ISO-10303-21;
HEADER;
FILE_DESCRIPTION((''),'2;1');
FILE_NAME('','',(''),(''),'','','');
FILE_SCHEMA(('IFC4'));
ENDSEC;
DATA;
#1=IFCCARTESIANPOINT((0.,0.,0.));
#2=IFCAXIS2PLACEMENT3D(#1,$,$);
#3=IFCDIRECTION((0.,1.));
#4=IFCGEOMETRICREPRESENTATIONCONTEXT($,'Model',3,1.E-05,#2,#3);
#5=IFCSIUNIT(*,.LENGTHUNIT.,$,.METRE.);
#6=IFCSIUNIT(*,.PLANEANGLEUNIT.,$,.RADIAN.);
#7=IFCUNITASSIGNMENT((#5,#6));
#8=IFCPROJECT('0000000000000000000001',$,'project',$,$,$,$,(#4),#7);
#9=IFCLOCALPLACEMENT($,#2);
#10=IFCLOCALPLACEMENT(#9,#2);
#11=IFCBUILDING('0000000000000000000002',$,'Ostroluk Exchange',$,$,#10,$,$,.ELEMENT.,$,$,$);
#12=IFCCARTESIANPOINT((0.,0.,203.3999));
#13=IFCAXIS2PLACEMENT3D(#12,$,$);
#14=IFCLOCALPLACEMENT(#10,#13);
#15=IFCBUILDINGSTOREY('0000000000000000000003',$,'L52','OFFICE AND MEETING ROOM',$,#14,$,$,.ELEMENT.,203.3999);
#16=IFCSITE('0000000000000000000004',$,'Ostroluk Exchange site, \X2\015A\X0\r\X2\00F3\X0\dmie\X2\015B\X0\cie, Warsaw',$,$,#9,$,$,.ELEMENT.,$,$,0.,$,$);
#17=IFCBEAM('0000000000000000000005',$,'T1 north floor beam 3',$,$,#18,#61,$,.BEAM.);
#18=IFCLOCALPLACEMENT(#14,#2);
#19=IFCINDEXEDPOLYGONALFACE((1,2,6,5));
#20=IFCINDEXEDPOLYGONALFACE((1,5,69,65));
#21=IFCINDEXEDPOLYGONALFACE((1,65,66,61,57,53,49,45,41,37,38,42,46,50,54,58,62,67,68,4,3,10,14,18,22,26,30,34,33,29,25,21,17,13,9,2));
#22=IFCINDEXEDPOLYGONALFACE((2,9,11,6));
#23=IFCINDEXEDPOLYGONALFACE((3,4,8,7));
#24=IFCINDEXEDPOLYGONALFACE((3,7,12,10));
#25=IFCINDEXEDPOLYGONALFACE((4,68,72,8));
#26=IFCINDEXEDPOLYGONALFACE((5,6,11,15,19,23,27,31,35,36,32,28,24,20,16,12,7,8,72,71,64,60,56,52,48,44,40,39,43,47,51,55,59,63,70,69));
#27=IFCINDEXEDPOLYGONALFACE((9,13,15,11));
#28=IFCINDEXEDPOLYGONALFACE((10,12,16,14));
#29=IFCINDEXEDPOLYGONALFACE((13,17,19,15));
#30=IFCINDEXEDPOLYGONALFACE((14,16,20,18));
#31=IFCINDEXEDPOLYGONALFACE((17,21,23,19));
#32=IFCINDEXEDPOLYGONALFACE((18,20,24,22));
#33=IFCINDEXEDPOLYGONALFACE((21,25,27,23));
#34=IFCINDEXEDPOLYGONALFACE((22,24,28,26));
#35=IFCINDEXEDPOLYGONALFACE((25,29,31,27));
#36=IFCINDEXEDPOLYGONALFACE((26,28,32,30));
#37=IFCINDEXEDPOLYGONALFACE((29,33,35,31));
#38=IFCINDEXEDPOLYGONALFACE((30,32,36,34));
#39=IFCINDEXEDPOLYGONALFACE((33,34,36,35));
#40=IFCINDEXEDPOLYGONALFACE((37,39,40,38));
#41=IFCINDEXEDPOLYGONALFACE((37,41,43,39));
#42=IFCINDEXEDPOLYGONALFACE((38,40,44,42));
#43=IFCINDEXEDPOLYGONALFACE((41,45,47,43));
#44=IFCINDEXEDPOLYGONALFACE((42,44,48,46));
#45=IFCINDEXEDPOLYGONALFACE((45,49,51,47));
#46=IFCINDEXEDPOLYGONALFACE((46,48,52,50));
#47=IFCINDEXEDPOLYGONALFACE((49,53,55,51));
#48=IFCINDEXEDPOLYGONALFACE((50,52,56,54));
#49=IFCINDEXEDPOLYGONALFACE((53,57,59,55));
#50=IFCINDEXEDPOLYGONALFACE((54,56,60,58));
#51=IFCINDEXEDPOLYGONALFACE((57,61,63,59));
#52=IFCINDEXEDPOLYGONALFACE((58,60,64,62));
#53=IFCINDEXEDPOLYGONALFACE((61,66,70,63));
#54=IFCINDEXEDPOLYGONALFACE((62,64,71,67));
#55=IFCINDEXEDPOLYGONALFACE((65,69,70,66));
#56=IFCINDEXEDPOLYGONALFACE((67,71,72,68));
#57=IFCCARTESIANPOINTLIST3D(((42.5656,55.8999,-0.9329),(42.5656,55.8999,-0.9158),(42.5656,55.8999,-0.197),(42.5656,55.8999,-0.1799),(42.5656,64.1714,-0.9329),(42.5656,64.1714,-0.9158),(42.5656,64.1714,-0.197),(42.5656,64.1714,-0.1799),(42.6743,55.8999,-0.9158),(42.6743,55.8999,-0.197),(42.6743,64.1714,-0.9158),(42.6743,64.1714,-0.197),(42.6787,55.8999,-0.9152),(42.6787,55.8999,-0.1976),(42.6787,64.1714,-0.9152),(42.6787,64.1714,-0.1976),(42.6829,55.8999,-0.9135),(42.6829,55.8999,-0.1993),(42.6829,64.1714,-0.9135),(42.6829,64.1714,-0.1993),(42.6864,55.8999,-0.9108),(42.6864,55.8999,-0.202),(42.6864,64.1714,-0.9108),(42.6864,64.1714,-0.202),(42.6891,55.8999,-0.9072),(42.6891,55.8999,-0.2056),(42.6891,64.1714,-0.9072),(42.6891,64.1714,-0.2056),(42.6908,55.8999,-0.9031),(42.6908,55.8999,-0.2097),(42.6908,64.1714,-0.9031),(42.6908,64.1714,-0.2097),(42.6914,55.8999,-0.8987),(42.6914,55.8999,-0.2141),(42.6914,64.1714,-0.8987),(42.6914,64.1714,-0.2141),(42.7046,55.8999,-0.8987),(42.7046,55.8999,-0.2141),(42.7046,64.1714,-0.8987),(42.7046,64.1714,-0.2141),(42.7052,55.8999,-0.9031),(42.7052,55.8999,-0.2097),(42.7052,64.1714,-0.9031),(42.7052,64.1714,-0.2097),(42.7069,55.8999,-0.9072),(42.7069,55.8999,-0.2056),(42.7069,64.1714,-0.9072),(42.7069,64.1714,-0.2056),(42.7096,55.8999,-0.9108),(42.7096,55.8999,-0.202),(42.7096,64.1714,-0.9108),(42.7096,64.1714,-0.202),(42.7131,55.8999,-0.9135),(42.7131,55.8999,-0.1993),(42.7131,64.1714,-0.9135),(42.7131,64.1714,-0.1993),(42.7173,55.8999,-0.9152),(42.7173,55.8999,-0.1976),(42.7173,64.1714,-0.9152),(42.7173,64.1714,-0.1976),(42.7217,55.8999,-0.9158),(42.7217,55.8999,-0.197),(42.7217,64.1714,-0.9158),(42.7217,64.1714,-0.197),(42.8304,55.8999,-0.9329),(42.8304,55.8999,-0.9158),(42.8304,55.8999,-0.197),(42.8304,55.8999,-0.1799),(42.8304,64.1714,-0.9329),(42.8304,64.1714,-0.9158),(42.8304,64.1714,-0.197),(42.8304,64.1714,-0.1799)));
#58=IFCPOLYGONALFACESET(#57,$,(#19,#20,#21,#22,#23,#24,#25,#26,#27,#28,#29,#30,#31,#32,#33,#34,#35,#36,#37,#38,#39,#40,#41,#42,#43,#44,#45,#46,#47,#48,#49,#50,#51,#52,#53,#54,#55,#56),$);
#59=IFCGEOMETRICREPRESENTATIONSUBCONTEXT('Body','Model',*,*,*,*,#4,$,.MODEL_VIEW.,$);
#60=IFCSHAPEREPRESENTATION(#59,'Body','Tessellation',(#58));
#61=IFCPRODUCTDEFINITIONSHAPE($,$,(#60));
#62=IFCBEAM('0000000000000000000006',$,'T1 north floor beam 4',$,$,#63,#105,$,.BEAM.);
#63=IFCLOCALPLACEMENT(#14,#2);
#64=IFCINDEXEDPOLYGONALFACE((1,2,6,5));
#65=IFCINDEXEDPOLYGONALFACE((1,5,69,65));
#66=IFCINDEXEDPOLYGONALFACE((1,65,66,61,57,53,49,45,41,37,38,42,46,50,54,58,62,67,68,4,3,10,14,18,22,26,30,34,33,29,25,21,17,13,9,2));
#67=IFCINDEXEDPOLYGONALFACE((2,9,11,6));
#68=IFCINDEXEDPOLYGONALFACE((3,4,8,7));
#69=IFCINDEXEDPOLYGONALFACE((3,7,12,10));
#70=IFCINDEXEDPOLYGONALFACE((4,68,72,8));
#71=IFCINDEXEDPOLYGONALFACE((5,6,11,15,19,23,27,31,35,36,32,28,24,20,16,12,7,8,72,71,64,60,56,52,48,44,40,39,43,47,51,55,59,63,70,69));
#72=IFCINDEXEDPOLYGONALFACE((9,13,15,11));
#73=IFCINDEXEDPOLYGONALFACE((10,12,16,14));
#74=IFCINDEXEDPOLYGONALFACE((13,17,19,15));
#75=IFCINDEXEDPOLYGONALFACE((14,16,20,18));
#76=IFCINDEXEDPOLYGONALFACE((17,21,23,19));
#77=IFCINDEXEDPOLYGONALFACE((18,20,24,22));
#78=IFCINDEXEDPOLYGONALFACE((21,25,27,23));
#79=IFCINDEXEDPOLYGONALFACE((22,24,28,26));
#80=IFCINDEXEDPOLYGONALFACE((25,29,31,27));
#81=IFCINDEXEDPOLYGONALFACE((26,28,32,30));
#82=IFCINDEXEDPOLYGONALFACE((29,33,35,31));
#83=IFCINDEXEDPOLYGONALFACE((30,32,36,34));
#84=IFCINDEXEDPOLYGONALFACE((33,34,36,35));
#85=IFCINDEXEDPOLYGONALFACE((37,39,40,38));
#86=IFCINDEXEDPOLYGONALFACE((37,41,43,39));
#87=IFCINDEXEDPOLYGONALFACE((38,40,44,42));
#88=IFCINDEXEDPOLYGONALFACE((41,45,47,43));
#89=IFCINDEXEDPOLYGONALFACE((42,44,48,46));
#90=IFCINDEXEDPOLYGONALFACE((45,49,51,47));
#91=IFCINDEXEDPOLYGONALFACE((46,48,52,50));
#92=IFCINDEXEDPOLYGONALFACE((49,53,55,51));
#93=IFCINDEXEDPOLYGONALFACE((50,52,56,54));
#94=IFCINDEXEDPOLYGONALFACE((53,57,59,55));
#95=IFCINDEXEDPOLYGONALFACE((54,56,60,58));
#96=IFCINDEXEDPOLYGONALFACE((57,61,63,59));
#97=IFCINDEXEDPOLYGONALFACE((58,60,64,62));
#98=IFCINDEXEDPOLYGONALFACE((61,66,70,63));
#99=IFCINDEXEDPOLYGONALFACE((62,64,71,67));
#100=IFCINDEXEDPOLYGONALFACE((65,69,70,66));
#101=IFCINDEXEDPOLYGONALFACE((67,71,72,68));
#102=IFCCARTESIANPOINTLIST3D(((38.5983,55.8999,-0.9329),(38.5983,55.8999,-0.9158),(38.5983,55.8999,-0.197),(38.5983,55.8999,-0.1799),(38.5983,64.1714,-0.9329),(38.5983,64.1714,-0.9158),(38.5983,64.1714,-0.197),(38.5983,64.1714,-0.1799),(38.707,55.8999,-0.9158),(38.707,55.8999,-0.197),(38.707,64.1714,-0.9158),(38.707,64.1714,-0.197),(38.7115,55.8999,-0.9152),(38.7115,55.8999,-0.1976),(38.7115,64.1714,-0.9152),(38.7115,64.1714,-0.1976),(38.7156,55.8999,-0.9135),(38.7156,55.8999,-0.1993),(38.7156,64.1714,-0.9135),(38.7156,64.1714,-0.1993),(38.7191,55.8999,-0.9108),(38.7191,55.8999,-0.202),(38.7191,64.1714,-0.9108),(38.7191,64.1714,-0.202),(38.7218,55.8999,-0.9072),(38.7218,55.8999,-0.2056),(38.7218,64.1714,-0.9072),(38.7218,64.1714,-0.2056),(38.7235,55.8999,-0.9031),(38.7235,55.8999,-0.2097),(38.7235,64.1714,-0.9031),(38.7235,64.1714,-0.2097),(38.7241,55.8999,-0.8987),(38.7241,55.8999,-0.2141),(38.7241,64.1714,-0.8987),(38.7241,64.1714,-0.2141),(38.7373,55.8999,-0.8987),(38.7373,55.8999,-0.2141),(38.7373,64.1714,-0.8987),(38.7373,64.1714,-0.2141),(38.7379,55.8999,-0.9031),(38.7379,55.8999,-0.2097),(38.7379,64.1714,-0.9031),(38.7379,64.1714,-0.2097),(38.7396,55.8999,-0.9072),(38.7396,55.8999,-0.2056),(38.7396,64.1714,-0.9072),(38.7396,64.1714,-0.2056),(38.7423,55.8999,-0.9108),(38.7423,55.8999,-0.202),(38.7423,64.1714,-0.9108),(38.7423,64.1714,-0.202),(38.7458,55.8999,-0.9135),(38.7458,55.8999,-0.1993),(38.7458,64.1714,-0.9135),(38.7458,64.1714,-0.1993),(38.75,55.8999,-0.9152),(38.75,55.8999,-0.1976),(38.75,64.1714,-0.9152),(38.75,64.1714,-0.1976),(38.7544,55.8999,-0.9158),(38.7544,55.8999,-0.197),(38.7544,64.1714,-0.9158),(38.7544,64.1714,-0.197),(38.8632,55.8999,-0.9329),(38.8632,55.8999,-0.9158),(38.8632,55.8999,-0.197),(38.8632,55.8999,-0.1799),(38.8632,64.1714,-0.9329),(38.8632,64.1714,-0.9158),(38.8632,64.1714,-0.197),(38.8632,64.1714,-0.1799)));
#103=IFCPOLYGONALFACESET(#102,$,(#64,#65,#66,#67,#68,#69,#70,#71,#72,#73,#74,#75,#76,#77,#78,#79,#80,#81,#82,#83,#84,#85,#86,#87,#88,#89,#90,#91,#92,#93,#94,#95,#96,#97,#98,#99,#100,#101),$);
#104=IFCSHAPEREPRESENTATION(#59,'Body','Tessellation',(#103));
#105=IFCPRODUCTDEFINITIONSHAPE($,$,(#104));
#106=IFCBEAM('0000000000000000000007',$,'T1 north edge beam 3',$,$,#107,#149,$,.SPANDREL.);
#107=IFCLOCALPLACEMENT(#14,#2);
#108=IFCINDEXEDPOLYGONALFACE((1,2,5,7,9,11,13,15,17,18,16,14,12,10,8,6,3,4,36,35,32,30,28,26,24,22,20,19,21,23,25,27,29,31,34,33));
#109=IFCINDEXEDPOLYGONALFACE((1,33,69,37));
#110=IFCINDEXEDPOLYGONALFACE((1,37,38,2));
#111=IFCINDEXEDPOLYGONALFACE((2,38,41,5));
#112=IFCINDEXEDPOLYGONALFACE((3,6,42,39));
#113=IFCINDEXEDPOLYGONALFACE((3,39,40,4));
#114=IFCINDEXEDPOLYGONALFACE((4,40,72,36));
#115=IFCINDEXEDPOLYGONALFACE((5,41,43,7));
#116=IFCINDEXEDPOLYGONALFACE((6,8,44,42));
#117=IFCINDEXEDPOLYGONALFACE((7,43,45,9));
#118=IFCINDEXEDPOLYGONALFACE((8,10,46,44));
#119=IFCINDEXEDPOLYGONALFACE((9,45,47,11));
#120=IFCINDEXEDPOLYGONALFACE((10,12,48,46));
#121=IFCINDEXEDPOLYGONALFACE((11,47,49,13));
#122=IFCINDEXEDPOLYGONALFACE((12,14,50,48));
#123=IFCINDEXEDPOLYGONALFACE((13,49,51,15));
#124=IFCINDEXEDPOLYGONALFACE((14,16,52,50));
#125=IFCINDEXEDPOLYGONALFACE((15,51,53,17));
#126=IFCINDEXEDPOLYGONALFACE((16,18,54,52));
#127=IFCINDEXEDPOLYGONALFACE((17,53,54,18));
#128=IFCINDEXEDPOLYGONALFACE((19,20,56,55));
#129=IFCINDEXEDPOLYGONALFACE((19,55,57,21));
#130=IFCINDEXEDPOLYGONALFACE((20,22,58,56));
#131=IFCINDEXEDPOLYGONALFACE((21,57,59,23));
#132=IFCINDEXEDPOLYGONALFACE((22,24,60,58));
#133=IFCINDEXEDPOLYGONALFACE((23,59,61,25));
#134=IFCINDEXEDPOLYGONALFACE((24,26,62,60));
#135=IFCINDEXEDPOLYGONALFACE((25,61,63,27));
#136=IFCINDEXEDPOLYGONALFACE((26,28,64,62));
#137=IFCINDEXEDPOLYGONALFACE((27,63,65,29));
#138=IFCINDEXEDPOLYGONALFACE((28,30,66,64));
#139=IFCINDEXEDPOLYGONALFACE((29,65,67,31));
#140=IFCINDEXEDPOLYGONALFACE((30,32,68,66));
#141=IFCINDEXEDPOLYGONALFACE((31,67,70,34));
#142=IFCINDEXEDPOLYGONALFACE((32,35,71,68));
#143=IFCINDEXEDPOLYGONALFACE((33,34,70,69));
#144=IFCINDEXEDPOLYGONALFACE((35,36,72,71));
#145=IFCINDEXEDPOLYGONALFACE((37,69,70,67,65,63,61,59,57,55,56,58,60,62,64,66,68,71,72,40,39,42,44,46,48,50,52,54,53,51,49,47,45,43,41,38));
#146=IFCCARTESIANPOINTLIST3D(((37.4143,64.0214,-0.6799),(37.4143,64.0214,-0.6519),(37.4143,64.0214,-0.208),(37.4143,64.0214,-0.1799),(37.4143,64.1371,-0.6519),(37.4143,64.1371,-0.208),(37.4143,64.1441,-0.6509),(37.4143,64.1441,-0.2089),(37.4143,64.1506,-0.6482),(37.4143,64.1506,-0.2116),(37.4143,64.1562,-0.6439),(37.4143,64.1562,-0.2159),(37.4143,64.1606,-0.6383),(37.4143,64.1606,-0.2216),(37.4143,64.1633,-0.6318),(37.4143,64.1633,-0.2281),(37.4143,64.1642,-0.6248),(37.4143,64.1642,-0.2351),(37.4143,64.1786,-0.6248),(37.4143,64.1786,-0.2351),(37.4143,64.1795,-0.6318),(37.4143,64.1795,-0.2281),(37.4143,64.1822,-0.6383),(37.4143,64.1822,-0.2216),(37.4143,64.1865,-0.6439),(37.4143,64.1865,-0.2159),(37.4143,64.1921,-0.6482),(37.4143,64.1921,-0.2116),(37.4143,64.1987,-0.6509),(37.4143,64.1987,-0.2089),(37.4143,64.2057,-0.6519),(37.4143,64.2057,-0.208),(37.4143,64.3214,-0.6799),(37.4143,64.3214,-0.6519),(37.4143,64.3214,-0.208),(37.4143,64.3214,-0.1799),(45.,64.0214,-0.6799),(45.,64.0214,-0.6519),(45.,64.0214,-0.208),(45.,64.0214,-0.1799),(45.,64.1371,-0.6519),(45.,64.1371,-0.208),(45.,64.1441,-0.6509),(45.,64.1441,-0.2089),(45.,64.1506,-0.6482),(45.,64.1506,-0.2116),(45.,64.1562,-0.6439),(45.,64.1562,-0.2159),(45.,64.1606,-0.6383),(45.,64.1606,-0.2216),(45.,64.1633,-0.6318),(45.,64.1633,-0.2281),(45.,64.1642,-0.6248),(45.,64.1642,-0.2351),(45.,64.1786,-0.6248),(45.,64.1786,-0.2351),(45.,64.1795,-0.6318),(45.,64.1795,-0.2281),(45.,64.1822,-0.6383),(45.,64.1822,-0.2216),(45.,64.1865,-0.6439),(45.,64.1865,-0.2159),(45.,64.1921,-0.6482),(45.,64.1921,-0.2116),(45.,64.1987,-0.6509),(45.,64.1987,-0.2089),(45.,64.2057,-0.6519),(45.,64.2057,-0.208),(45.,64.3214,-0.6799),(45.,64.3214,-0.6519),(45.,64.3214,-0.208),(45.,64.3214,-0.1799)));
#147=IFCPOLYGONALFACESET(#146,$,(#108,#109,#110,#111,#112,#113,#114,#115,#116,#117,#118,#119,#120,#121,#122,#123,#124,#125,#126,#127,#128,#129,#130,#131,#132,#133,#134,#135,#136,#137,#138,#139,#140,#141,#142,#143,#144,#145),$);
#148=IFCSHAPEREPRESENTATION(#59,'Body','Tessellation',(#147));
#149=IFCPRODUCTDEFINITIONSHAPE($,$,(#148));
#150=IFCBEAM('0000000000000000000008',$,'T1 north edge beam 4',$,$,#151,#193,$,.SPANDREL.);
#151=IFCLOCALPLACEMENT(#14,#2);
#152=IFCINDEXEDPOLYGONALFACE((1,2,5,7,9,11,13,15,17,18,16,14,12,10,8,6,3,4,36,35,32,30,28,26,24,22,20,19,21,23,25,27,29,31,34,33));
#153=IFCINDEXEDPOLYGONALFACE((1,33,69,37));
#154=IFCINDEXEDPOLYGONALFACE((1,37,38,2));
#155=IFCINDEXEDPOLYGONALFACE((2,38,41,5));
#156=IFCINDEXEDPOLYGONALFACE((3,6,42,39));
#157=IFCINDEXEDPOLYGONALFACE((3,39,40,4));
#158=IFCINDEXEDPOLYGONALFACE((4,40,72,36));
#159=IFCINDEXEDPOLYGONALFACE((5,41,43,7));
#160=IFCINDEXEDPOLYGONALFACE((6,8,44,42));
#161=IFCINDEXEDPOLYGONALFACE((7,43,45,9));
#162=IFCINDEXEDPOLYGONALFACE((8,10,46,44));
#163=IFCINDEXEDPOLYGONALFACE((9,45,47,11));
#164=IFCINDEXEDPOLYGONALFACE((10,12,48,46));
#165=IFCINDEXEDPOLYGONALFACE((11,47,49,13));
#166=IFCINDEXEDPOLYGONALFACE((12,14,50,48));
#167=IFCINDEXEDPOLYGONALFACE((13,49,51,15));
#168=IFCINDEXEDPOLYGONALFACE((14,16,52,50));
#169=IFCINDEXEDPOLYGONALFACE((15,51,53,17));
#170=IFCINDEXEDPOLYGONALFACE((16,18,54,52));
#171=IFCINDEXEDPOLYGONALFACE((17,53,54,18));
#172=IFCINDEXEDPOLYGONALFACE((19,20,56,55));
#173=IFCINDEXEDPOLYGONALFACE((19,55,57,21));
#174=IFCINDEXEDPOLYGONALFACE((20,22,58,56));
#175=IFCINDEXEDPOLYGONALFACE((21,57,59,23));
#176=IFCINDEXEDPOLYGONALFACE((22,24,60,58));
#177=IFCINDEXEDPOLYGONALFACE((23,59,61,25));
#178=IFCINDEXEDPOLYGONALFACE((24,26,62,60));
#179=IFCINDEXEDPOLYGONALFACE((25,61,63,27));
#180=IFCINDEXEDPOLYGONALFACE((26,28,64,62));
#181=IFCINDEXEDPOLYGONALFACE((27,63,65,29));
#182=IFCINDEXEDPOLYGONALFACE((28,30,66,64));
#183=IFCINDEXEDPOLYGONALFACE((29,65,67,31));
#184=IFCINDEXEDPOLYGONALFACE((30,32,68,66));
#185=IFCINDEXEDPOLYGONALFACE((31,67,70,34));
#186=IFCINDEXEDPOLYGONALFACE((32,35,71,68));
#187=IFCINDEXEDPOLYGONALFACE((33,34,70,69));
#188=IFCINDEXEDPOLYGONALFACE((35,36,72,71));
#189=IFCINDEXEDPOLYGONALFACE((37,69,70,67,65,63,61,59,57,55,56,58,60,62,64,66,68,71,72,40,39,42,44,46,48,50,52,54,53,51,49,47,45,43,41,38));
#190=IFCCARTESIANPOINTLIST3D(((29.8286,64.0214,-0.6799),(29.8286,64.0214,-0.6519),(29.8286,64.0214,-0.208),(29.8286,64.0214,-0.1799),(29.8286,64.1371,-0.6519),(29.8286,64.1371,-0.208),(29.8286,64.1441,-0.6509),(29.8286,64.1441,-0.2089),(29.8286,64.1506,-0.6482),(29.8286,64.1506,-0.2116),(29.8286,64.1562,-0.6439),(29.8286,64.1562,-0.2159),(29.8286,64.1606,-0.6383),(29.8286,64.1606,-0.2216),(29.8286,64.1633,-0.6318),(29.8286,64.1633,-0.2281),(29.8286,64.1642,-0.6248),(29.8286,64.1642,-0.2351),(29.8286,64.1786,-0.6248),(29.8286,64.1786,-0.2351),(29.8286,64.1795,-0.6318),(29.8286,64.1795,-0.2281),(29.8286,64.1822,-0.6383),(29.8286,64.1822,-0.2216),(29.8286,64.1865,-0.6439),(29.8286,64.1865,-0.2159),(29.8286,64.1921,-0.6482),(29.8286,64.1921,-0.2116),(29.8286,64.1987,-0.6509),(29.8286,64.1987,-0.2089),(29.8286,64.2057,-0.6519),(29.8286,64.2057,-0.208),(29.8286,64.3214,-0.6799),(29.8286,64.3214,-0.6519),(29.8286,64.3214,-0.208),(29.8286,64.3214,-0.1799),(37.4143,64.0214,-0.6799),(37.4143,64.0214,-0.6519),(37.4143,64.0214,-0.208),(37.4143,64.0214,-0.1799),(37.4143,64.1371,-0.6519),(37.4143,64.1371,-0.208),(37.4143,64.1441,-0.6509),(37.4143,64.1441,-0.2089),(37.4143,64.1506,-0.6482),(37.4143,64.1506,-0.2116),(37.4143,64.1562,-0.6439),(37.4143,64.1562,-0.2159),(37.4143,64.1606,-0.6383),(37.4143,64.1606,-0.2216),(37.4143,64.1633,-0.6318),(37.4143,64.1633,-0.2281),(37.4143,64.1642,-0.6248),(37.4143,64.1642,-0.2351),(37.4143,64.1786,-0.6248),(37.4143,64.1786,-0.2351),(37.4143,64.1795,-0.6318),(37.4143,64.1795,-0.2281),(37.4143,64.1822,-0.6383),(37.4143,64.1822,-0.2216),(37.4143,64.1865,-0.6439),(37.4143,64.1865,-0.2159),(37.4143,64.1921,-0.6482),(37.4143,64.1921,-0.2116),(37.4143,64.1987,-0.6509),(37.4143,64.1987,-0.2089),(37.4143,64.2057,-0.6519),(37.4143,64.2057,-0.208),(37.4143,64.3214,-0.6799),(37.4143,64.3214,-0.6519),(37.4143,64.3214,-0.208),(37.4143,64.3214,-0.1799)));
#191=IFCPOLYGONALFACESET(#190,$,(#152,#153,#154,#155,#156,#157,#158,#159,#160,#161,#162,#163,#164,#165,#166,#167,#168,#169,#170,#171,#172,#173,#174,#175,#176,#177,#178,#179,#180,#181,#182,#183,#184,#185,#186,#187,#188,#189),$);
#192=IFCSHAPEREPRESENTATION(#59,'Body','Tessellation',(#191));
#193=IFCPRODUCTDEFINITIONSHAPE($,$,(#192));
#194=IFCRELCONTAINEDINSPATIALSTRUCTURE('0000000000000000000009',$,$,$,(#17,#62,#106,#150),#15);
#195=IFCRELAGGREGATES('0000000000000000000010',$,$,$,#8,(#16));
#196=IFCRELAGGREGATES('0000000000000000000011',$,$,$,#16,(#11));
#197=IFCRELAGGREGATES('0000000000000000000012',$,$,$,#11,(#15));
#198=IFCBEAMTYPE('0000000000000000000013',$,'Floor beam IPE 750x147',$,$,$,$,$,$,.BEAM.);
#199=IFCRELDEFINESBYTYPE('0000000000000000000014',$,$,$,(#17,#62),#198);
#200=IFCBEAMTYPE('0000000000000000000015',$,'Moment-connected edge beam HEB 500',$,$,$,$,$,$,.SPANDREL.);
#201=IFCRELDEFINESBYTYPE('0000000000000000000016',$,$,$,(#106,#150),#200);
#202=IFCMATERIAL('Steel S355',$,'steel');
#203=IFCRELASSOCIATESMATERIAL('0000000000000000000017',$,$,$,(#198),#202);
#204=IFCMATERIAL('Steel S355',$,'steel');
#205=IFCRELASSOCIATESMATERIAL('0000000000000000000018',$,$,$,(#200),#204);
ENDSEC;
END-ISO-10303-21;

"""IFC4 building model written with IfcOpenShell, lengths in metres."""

from ifc_helpers import new_model, si_unit, direction, frame, origin, origin_2d, place, context, subcontext, project, spatial, i_section, extrude, material, material_profile, profile_set, type_object, element, save


model = new_model("IFC4")

# Units and contexts
model_context = context("Model", 3, precision=1e-05, world=origin(), true_north=direction((0.0, 1.0)))
body_context = subcontext(model_context, "Body", "Model", "MODEL_VIEW")
ifc_project = project(units=[si_unit("LENGTHUNIT", "METRE"), si_unit("PLANEANGLEUNIT", "RADIAN")], contexts=[model_context])

# Site, building, storey
site_placement = place(None, origin())
site = spatial("IfcSite", under=ifc_project, at=site_placement, Name="Ostroluk Exchange site, Śródmieście, Warsaw", CompositionType="ELEMENT", RefElevation=0.0)
building_placement = place(site_placement, origin())
building = spatial("IfcBuilding", under=site, at=building_placement, Name="Ostroluk Exchange", CompositionType="ELEMENT")
storey_placement = place(building_placement, frame((0.0, 0.0, 203.3999)))
storey = spatial("IfcBuildingStorey", under=building, at=storey_placement, Name="L52", Description="OFFICE AND MEETING ROOM", CompositionType="ELEMENT", Elevation=203.3999)

# Beams
ifc_material_1 = material(Name="Steel S355", Category="steel")
ifc_material_profile_1 = material_profile(ifc_material_1, i_section(OverallWidth=0.2649, OverallDepth=0.7529, WebThickness=0.0132, FlangeThickness=0.0171, FilletRadius=0.0171, at=origin_2d()), Name="IPE 750x147")
ifc_profile_set_1 = profile_set([ifc_material_profile_1], Name="Steel S355")
beam_type_1 = type_object("IfcBeamType", Name="Floor beam IPE 750x147", PredefinedType="BEAM", material=ifc_profile_set_1)
for number, where, z_axis, x_axis, name in (
    (1, (42.698, 55.8999, -0.5564), (0.0, 1.0, 0.0), (-1.0, 0.0, 0.0), "T1 north floor beam 3"),
    (2, (38.7307, 55.8999, -0.5564), (0.0, 1.0, 0.0), (-1.0, 0.0, 0.0), "T1 north floor beam 4"),
):
    element("IfcBeam", number, at=place(storey_placement, frame(where, z_axis=z_axis, x_axis=x_axis)), inside=storey, type_object=beam_type_1, Name=name, PredefinedType="BEAM", context=body_context, shape_type="SweptSolid", body=[
        extrude(i_section(OverallWidth=0.2649, OverallDepth=0.7529, WebThickness=0.0132, FlangeThickness=0.0171, FilletRadius=0.0171, at=origin_2d()), origin(), (0.0, 0.0, 1.0), 8.2715),
    ])
ifc_material_2 = material(Name="Steel S355", Category="steel")
ifc_material_profile_2 = material_profile(ifc_material_2, i_section(OverallWidth=0.3, OverallDepth=0.5, WebThickness=0.0144, FlangeThickness=0.0281, FilletRadius=0.0271, at=origin_2d()), Name="HEB 500")
ifc_profile_set_2 = profile_set([ifc_material_profile_2], Name="Steel S355")
beam_type_2 = type_object("IfcBeamType", Name="Moment-connected edge beam HEB 500", PredefinedType="SPANDREL", material=ifc_profile_set_2)
for number, where, z_axis, x_axis, name in (
    (3, (45.0, 64.1714, -0.4299), (-1.0, 0.0, 0.0), (0.0, -1.0, 0.0), "T1 north edge beam 3"),
    (4, (37.4143, 64.1714, -0.4299), (-1.0, 0.0, 0.0), (0.0, -1.0, 0.0), "T1 north edge beam 4"),
):
    element("IfcBeam", number, at=place(storey_placement, frame(where, z_axis=z_axis, x_axis=x_axis)), inside=storey, type_object=beam_type_2, Name=name, PredefinedType="SPANDREL", context=body_context, shape_type="SweptSolid", body=[
        extrude(i_section(OverallWidth=0.3, OverallDepth=0.5, WebThickness=0.0144, FlangeThickness=0.0281, FilletRadius=0.0271, at=origin_2d()), origin(), (0.0, 0.0, 1.0), 7.5857),
    ])

save(model, "model.ifc")
